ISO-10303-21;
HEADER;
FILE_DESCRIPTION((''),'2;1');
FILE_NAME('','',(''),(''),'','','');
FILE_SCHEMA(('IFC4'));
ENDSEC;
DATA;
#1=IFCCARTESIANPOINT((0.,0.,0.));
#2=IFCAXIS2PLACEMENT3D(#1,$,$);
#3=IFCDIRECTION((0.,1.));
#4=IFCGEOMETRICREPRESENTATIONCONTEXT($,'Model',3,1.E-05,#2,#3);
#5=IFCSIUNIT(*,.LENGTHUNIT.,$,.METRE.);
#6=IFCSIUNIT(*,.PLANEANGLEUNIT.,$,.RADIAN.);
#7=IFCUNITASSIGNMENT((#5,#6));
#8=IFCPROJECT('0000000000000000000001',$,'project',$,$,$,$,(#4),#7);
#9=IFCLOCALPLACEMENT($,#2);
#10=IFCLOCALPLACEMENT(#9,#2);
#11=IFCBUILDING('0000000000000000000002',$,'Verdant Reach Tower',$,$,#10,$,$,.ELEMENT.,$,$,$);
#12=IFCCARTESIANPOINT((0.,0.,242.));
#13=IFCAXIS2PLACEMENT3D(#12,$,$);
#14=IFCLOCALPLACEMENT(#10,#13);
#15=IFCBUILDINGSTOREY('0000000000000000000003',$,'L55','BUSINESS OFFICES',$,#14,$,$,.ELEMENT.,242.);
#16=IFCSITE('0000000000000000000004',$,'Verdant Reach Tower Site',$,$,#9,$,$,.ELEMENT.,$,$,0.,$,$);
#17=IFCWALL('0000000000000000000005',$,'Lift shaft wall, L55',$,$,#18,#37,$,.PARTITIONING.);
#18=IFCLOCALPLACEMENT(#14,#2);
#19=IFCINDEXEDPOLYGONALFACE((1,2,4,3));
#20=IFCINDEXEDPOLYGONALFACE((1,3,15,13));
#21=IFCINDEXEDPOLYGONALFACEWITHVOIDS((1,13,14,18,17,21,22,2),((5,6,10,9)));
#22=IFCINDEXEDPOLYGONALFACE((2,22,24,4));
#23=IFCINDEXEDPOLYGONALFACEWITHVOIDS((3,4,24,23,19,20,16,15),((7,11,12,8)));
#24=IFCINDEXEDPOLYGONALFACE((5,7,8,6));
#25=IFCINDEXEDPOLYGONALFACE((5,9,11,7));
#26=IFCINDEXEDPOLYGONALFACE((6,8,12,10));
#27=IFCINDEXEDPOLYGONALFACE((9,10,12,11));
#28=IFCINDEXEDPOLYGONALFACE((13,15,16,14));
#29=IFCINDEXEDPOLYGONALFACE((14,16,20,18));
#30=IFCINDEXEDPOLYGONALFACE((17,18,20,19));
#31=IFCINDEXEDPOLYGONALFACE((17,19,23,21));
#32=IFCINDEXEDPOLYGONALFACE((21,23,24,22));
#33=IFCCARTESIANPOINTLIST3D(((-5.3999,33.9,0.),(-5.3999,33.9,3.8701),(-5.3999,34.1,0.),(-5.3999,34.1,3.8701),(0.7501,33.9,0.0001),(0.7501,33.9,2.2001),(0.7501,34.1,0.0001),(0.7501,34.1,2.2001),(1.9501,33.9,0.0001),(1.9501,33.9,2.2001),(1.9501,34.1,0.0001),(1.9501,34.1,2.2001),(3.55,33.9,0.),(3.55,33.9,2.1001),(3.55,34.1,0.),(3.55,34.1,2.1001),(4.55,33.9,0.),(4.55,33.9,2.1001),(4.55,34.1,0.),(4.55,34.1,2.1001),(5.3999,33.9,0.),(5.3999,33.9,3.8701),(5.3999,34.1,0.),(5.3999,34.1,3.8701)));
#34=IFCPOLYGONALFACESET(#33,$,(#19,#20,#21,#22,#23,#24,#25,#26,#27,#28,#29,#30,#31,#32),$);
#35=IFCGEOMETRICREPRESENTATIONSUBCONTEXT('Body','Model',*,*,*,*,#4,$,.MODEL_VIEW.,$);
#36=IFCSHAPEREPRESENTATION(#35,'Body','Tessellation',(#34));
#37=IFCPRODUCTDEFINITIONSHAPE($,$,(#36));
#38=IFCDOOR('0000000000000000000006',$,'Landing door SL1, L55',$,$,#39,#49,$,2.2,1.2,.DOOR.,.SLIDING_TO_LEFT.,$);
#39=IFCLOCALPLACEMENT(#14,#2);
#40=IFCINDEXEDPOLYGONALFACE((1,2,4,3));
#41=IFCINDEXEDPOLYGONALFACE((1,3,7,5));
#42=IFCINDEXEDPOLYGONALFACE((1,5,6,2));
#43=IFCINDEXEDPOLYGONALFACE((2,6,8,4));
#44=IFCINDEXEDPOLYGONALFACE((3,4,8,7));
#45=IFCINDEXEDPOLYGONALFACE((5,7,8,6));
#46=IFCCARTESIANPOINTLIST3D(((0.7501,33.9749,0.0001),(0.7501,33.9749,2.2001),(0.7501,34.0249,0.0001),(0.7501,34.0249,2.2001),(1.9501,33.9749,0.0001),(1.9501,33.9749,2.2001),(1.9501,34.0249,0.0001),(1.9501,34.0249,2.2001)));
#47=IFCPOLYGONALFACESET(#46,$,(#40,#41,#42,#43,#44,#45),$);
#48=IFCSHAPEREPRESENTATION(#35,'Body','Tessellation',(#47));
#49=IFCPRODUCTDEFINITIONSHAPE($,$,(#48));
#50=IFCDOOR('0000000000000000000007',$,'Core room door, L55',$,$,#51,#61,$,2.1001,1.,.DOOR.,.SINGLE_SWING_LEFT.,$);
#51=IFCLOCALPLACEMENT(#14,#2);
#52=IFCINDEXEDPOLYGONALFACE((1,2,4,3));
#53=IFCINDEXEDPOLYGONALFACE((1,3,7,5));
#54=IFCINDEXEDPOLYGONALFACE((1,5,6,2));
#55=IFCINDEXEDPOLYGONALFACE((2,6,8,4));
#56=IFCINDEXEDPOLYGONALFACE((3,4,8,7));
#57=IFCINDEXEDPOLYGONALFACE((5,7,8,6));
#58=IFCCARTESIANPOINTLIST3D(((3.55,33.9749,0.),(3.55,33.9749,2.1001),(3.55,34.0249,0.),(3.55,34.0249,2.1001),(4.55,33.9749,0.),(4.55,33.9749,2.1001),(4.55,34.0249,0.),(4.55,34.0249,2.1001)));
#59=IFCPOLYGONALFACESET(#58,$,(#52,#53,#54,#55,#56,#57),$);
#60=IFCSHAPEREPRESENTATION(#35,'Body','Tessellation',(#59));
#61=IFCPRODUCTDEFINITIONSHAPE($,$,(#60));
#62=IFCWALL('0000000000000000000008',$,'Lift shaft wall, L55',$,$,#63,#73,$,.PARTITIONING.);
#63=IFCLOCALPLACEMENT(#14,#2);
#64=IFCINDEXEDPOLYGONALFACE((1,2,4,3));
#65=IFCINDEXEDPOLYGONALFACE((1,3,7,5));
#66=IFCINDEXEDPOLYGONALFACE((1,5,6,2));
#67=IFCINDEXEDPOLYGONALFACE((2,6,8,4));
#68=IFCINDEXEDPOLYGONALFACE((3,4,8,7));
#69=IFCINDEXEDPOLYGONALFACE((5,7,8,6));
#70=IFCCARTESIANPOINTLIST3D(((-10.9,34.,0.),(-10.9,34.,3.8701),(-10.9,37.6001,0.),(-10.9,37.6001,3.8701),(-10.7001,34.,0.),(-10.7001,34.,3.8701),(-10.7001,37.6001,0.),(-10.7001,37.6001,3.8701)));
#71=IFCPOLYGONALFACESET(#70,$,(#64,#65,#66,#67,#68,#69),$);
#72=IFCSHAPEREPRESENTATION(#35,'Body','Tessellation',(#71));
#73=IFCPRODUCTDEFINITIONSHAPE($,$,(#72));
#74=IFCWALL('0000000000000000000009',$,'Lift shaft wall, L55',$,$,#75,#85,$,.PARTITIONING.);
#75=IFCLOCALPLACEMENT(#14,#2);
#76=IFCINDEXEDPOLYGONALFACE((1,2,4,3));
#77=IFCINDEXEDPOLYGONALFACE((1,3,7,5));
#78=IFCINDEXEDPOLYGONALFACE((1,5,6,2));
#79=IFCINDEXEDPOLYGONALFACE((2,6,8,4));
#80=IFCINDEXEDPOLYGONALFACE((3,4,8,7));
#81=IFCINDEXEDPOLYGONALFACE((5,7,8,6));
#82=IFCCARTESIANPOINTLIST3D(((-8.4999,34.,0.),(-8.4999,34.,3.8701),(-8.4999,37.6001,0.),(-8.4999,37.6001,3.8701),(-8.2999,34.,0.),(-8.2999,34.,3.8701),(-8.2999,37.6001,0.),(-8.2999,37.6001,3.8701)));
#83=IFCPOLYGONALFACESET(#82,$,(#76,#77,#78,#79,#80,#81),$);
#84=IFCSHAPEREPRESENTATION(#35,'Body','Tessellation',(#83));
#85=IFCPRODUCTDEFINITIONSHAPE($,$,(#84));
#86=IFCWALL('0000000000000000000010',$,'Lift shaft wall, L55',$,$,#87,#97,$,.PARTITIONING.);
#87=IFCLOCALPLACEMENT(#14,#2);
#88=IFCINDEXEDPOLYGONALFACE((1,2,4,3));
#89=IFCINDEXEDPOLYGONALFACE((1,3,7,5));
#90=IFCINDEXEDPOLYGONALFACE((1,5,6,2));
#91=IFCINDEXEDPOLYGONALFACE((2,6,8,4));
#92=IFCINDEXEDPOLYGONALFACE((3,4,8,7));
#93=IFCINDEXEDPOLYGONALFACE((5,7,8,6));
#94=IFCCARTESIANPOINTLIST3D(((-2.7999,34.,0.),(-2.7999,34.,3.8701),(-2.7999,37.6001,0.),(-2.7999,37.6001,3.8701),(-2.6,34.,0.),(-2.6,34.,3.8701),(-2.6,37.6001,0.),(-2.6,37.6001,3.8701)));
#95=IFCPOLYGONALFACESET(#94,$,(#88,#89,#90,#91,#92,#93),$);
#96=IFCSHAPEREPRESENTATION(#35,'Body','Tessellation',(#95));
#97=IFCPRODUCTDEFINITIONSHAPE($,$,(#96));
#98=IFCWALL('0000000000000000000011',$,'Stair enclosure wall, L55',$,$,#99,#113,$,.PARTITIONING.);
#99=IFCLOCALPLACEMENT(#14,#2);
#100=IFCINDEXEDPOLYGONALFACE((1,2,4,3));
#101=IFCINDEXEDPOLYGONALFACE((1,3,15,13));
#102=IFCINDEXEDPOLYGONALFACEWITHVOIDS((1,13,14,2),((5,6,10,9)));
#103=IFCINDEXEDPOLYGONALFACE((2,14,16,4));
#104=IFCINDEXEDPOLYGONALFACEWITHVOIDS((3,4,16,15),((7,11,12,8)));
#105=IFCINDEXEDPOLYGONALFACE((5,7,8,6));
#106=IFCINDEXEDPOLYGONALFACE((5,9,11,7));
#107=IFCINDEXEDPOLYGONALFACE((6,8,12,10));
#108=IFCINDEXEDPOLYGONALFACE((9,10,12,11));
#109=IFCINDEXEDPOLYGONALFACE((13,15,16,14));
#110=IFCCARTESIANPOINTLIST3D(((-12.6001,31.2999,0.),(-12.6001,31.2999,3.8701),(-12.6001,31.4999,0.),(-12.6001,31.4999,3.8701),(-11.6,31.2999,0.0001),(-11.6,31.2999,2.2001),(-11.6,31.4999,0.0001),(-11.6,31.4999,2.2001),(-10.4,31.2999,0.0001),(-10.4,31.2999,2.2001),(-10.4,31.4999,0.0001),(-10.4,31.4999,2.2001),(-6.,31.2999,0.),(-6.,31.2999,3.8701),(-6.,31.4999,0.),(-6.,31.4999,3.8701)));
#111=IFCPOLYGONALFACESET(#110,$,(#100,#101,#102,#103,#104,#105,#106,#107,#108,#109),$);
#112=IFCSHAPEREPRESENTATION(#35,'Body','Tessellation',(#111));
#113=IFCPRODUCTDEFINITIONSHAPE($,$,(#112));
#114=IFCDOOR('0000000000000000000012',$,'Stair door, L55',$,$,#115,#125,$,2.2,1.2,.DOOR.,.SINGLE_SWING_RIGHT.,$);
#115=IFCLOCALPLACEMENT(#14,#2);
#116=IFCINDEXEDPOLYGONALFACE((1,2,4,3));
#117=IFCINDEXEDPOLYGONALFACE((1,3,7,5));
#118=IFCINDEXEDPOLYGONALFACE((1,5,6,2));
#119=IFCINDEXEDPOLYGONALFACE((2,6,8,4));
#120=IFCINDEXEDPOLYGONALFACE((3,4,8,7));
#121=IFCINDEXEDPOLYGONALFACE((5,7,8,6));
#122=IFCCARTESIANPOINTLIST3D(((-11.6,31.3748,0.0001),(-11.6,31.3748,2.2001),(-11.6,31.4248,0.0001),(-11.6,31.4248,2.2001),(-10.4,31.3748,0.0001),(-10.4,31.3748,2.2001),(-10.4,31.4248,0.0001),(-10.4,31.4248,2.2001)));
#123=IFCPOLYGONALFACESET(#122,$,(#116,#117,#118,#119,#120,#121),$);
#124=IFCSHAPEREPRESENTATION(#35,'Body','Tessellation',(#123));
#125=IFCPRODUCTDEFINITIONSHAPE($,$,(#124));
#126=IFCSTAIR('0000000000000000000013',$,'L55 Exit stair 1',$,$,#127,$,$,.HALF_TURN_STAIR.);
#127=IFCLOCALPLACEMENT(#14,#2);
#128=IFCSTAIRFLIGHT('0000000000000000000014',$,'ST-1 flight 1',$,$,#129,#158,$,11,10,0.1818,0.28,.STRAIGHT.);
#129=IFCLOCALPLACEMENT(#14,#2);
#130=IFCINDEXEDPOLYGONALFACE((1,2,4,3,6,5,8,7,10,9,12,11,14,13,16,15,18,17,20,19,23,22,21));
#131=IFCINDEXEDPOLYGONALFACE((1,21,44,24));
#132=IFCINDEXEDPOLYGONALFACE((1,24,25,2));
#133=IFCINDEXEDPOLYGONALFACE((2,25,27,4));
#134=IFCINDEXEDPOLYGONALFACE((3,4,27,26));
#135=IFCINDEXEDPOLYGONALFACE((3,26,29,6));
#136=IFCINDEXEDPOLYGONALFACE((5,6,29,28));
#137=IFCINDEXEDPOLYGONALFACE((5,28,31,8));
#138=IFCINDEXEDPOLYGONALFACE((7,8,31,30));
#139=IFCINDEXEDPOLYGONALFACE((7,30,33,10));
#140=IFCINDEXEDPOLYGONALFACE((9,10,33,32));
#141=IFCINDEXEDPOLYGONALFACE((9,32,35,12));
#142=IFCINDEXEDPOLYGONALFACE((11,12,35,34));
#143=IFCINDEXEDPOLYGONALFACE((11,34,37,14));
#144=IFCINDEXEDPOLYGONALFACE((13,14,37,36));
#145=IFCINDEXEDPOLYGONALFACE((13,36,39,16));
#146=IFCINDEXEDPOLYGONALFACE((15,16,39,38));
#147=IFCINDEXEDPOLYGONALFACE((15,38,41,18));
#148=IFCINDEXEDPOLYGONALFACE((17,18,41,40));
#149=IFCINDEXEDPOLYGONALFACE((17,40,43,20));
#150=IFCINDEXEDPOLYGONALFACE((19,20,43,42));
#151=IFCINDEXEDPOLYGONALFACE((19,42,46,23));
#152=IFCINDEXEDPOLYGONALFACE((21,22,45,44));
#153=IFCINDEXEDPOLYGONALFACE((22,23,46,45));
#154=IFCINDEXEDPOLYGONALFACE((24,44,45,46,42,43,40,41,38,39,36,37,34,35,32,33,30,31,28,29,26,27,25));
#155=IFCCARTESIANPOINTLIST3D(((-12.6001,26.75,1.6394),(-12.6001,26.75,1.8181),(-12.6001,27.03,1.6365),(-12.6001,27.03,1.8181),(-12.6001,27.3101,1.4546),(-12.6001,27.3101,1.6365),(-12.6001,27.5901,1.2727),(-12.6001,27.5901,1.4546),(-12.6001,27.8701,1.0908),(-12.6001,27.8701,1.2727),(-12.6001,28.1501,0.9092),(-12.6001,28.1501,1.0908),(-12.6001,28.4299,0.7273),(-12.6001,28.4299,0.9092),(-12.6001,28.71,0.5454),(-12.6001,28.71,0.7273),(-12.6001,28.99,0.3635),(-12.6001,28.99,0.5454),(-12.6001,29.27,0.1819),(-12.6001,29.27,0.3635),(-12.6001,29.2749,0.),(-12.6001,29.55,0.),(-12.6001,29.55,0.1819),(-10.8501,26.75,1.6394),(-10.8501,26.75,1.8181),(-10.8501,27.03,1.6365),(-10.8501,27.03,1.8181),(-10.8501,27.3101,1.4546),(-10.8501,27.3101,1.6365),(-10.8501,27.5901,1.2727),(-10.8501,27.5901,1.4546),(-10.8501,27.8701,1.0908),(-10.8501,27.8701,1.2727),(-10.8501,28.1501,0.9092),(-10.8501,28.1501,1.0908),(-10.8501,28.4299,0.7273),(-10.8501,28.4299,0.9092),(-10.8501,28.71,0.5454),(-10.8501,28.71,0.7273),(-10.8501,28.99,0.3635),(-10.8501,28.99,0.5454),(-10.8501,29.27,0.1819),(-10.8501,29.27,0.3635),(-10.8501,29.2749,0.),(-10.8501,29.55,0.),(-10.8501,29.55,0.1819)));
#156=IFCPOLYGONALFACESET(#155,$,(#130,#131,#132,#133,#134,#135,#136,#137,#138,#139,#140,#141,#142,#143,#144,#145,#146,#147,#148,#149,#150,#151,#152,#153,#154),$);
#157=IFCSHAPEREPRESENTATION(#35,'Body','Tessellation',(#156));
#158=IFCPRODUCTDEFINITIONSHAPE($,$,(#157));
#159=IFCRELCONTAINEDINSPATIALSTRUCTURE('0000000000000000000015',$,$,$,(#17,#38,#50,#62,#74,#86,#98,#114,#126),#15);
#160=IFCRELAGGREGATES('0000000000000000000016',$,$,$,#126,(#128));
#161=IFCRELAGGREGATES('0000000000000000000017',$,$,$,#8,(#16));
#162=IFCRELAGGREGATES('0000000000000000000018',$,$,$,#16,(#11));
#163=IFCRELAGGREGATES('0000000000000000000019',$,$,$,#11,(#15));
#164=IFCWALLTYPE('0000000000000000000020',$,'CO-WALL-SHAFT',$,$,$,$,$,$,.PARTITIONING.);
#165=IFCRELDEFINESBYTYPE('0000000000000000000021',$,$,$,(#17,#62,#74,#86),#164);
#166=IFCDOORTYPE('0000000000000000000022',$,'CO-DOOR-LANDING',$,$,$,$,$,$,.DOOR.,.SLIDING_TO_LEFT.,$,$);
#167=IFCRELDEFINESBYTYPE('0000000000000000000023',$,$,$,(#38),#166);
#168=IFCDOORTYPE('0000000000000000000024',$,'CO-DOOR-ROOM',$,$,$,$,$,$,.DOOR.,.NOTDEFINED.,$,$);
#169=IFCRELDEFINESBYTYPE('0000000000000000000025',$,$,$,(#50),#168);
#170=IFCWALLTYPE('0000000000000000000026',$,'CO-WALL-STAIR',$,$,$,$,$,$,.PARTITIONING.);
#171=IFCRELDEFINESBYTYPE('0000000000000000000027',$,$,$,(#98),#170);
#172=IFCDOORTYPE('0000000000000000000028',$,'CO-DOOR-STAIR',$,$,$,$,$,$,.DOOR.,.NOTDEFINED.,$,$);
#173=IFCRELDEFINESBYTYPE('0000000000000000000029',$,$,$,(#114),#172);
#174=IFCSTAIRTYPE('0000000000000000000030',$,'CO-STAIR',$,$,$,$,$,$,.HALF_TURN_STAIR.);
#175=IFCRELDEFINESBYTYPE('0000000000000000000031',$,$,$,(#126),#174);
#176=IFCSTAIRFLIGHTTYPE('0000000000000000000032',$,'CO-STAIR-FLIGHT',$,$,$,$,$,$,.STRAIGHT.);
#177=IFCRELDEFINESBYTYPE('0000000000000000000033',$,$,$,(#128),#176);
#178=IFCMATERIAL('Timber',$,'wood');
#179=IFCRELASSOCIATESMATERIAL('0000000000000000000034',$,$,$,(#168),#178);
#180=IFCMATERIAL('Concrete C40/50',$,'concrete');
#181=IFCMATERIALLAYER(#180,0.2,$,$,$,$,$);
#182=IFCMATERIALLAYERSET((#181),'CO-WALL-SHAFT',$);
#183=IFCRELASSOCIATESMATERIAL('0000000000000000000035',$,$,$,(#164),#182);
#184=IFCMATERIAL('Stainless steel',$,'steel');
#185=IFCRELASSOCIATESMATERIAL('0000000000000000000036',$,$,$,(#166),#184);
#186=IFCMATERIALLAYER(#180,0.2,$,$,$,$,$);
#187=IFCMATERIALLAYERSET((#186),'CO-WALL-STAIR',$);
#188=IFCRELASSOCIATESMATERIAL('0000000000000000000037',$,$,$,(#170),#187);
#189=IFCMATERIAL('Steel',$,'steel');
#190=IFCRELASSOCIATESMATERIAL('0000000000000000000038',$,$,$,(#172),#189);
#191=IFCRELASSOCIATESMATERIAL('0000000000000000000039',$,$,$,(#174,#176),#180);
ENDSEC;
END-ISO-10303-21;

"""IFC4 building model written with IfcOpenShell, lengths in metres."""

from ifc_helpers import new_model, si_unit, direction, frame, frame_2d, origin, place, context, subcontext, project, spatial, polyline, rectangle, outline, extrude, material, layer, layer_set, type_object, element, fill, aggregate, save


model = new_model("IFC4")

# Units and contexts
model_context = context("Model", 3, precision=1e-05, world=origin(), true_north=direction((0.0, 1.0)))
body_context = subcontext(model_context, "Body", "Model", "MODEL_VIEW")
ifc_project = project(units=[si_unit("LENGTHUNIT", "METRE"), si_unit("PLANEANGLEUNIT", "RADIAN")], contexts=[model_context])

# Site, building, storey
site_placement = place(None, origin())
site = spatial("IfcSite", under=ifc_project, at=site_placement, Name="Verdant Reach Tower Site", CompositionType="ELEMENT", RefElevation=0.0)
building_placement = place(site_placement, origin())
building = spatial("IfcBuilding", under=site, at=building_placement, Name="Verdant Reach Tower", CompositionType="ELEMENT")
storey_placement = place(building_placement, frame((0.0, 0.0, 242.0)))
storey = spatial("IfcBuildingStorey", under=building, at=storey_placement, Name="L55", Description="BUSINESS OFFICES", CompositionType="ELEMENT", Elevation=242.0)

# Wall, openings, doors
ifc_material_1 = material(Name="Timber", Category="wood")
door_type_1 = type_object("IfcDoorType", Name="CO-DOOR-ROOM", OperationType="NOTDEFINED", PredefinedType="DOOR", material=ifc_material_1)
ifc_material_2 = material(Name="Concrete C40/50", Category="concrete")
ifc_layer_1 = layer(ifc_material_2, 0.2)
ifc_layer_set_1 = layer_set([ifc_layer_1], Name="CO-WALL-SHAFT")
wall_type_1 = type_object("IfcWallType", Name="CO-WALL-SHAFT", PredefinedType="PARTITIONING", material=ifc_layer_set_1)
ifc_material_3 = material(Name="Stainless steel", Category="steel")
ifc_material_4 = material(Name="Steel", Category="steel")
wall_1_placement = place(storey_placement, frame((-5.3999, 34.0, 0.0), z_axis=(0.0, 0.0, 1.0), x_axis=(1.0, 0.0, 0.0)))
wall_1 = element("IfcWall", 1, at=wall_1_placement, inside=storey, type_object=wall_type_1, Name="Lift shaft wall, L55", PredefinedType="PARTITIONING", context=body_context, shape_type="SweptSolid", body=[
    extrude(rectangle(XDim=10.7998, YDim=0.2, at=frame_2d((5.3999, 0.0))), origin(), (0.0, 0.0, 1.0), 3.8701),
])
opening_1_placement = place(wall_1_placement, frame((6.1499, 0.0, 0.0)))
opening_1 = element("IfcOpeningElement", 2, at=opening_1_placement, cuts=wall_1, PredefinedType="OPENING", context=body_context, shape_type="SweptSolid", body=[
    extrude(rectangle(XDim=1.2, YDim=2.2, at=frame_2d((0.6001, 1.1001))), frame((0.0, 0.1099, 0.0), z_axis=(0.0, -1.0, 0.0), x_axis=(1.0, 0.0, 0.0)), (0.0, 0.0, 1.0), 0.22),
])
opening_2_placement = place(wall_1_placement, frame((8.95, 0.0, 0.0)))
opening_2 = element("IfcOpeningElement", 3, at=opening_2_placement, cuts=wall_1, PredefinedType="OPENING", context=body_context, shape_type="SweptSolid", body=[
    extrude(rectangle(XDim=1.0, YDim=2.1001, at=frame_2d((0.5, 1.05))), frame((0.0, 0.1099, 0.0), z_axis=(0.0, -1.0, 0.0), x_axis=(1.0, 0.0, 0.0)), (0.0, 0.0, 1.0), 0.22),
])
door_type_2 = type_object("IfcDoorType", Name="CO-DOOR-LANDING", OperationType="SLIDING_TO_LEFT", PredefinedType="DOOR", material=ifc_material_3)
door_1_placement = place(opening_1_placement, origin())
door_1 = element("IfcDoor", 4, at=door_1_placement, inside=storey, type_object=door_type_2, Name="Landing door SL1, L55", OperationType="SLIDING_TO_LEFT", OverallHeight=2.2, OverallWidth=1.2, PredefinedType="DOOR", context=body_context, shape_type="SweptSolid", body=[
    extrude(rectangle(XDim=1.2, YDim=2.2, at=frame_2d((0.6001, 1.1001))), frame((0.0, 0.0249, 0.0), z_axis=(0.0, -1.0, 0.0), x_axis=(1.0, 0.0, 0.0)), (0.0, 0.0, 1.0), 0.05),
])
fill(opening_1, door_1)
door_2_placement = place(opening_2_placement, origin())
door_2 = element("IfcDoor", 5, at=door_2_placement, inside=storey, type_object=door_type_1, Name="Core room door, L55", OperationType="SINGLE_SWING_LEFT", OverallHeight=2.1001, OverallWidth=1.0, PredefinedType="DOOR", context=body_context, shape_type="SweptSolid", body=[
    extrude(rectangle(XDim=1.0, YDim=2.1001, at=frame_2d((0.5, 1.05))), frame((0.0, 0.0249, 0.0), z_axis=(0.0, -1.0, 0.0), x_axis=(1.0, 0.0, 0.0)), (0.0, 0.0, 1.0), 0.05),
])
fill(opening_2, door_2)

# Walls
for number, where, z_axis, x_axis, name in (
    (6, (-10.8, 34.0, 0.0), (0.0, 0.0, 1.0), (0.0, 1.0, 0.0), "Lift shaft wall, L55"),
    (7, (-8.3999, 34.0, 0.0), (0.0, 0.0, 1.0), (0.0, 1.0, 0.0), "Lift shaft wall, L55"),
    (8, (-2.7, 34.0, 0.0), (0.0, 0.0, 1.0), (0.0, 1.0, 0.0), "Lift shaft wall, L55"),
):
    element("IfcWall", number, at=place(storey_placement, frame(where, z_axis=z_axis, x_axis=x_axis)), inside=storey, type_object=wall_type_1, Name=name, PredefinedType="PARTITIONING", context=body_context, shape_type="SweptSolid", body=[
        extrude(rectangle(XDim=3.6001, YDim=0.2, at=frame_2d((1.8, 0.0))), origin(), (0.0, 0.0, 1.0), 3.8701),
    ])

# Wall, opening, door
ifc_layer_2 = layer(ifc_material_2, 0.2)
ifc_layer_set_2 = layer_set([ifc_layer_2], Name="CO-WALL-STAIR")
wall_type_2 = type_object("IfcWallType", Name="CO-WALL-STAIR", PredefinedType="PARTITIONING", material=ifc_layer_set_2)
wall_2_placement = place(storey_placement, frame((-12.6001, 31.3999, 0.0), z_axis=(0.0, 0.0, 1.0), x_axis=(1.0, 0.0, 0.0)))
wall_2 = element("IfcWall", 9, at=wall_2_placement, inside=storey, type_object=wall_type_2, Name="Stair enclosure wall, L55", PredefinedType="PARTITIONING", context=body_context, shape_type="SweptSolid", body=[
    extrude(rectangle(XDim=6.6001, YDim=0.2, at=frame_2d((3.3, 0.0))), origin(), (0.0, 0.0, 1.0), 3.8701),
])
opening_3_placement = place(wall_2_placement, frame((1.0, 0.0, 0.0)))
opening_3 = element("IfcOpeningElement", 10, at=opening_3_placement, cuts=wall_2, PredefinedType="OPENING", context=body_context, shape_type="SweptSolid", body=[
    extrude(rectangle(XDim=1.2, YDim=2.2, at=frame_2d((0.6001, 1.1001))), frame((0.0, 0.1099, 0.0), z_axis=(0.0, -1.0, 0.0), x_axis=(1.0, 0.0, 0.0)), (0.0, 0.0, 1.0), 0.22),
])
door_type_3 = type_object("IfcDoorType", Name="CO-DOOR-STAIR", OperationType="NOTDEFINED", PredefinedType="DOOR", material=ifc_material_4)
door_3_placement = place(opening_3_placement, origin())
door_3 = element("IfcDoor", 11, at=door_3_placement, inside=storey, type_object=door_type_3, Name="Stair door, L55", OperationType="SINGLE_SWING_RIGHT", OverallHeight=2.2, OverallWidth=1.2, PredefinedType="DOOR", context=body_context, shape_type="SweptSolid", body=[
    extrude(rectangle(XDim=1.2, YDim=2.2, at=frame_2d((0.6001, 1.1001))), frame((0.0, 0.0249, 0.0), z_axis=(0.0, -1.0, 0.0), x_axis=(1.0, 0.0, 0.0)), (0.0, 0.0, 1.0), 0.05),
])
fill(opening_3, door_3)

# Stair, stair flight
stair_type = type_object("IfcStairType", Name="CO-STAIR", PredefinedType="HALF_TURN_STAIR", material=ifc_material_2)
stair_placement = place(storey_placement, origin())
stair = element("IfcStair", 12, at=stair_placement, inside=storey, type_object=stair_type, Name="L55 Exit stair 1", PredefinedType="HALF_TURN_STAIR")
stair_flight_type = type_object("IfcStairFlightType", Name="CO-STAIR-FLIGHT", PredefinedType="STRAIGHT", material=ifc_material_2)
stair_flight_placement = place(storey_placement, frame((-11.7251, 29.55, 0.0), z_axis=(0.0, 0.0, 1.0), x_axis=(0.0, -1.0, 0.0)))
stair_flight = element("IfcStairFlight", 13, at=stair_flight_placement, type_object=stair_flight_type, Name="ST-1 flight 1", NumberOfRisers=11, NumberOfTreads=10, PredefinedType="STRAIGHT", RiserHeight=0.1818, TreadLength=0.28, context=body_context, shape_type="SweptSolid", body=[
    extrude(outline(polyline([(0.0, 0.0), (0.0, 0.1819), (0.28, 0.1819), (0.28, 0.3635), (0.5601, 0.3635), (0.5601, 0.5454), (0.8401, 0.5454), (0.8401, 0.7273), (1.1201, 0.7273), (1.1201, 0.9092), (1.3999, 0.9092), (1.3999, 1.0908), (1.6799, 1.0908), (1.6799, 1.2727), (1.96, 1.2727), (1.96, 1.4546), (2.24, 1.4546), (2.24, 1.6365), (2.52, 1.6365), (2.52, 1.8181), (2.8, 1.8181), (2.8, 2.0), (2.8, 1.6394), (0.2751, 0.0), (0.0, 0.0)])), frame((0.0, 0.875, 0.0), z_axis=(0.0, -1.0, 0.0), x_axis=(1.0, 0.0, 0.0)), (0.0, 0.0, 1.0), 1.75),
])
aggregate(stair, [stair_flight])

save(model, "model.ifc")
